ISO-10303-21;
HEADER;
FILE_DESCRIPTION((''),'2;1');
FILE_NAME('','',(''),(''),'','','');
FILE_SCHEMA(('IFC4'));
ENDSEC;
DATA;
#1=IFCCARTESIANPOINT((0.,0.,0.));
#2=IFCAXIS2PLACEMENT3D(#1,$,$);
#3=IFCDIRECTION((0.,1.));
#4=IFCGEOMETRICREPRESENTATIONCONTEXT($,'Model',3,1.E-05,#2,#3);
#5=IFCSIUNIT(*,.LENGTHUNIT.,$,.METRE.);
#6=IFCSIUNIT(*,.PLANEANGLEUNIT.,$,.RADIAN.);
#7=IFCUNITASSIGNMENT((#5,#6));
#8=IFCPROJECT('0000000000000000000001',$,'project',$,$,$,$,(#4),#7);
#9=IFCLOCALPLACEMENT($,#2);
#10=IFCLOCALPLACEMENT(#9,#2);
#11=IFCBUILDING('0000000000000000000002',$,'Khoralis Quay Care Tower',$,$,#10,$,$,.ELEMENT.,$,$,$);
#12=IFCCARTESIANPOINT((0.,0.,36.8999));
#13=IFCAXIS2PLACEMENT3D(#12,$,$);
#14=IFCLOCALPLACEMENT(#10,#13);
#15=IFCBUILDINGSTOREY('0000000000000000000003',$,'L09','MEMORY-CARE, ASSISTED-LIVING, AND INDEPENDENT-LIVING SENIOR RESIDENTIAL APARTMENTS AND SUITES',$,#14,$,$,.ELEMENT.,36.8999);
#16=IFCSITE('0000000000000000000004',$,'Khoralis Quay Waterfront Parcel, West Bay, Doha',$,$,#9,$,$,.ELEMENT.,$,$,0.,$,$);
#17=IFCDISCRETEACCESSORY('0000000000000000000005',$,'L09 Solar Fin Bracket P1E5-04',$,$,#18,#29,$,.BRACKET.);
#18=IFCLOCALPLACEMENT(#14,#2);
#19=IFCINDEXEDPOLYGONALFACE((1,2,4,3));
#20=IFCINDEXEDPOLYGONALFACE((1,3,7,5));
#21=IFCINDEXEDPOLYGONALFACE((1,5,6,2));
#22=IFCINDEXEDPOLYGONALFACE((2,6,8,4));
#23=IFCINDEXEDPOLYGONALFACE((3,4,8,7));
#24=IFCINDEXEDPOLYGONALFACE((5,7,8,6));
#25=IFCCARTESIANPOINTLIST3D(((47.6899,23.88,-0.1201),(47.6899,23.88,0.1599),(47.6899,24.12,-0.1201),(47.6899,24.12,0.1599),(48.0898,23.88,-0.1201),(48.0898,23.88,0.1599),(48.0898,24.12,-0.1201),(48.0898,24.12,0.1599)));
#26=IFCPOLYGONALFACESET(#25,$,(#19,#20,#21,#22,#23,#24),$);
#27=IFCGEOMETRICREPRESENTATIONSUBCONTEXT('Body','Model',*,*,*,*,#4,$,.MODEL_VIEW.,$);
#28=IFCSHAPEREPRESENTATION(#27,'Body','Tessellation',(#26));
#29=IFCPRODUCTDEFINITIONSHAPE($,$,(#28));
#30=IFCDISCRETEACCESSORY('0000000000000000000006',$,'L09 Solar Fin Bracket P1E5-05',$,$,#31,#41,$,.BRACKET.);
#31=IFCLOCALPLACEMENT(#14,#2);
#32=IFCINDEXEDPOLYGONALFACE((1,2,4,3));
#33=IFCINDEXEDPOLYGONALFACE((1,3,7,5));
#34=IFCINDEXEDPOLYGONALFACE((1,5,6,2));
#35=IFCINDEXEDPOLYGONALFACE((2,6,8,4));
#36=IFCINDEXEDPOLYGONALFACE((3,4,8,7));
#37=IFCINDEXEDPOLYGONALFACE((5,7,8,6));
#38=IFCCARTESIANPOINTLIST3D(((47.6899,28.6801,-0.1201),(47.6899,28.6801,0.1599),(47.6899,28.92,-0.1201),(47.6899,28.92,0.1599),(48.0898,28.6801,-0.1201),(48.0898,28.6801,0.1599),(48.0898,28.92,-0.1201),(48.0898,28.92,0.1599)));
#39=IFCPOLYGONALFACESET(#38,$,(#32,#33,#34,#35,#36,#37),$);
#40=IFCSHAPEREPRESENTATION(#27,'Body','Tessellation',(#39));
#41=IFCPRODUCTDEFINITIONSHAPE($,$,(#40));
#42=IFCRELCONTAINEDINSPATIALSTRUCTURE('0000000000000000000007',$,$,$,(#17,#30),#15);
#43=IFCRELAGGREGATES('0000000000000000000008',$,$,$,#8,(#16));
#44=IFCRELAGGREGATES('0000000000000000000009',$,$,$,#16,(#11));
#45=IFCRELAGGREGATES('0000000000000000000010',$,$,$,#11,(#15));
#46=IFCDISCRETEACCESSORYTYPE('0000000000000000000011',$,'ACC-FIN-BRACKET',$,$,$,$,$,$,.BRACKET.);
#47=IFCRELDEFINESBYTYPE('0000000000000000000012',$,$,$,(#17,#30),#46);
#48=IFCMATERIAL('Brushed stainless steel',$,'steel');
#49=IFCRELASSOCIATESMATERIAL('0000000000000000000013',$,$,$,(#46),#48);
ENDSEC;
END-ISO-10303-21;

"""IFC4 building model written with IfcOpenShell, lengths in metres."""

from ifc_helpers import new_model, si_unit, direction, frame, origin, origin_2d, place, context, subcontext, project, spatial, rectangle, extrude, source, transform, mapped, material, type_object, element, save


model = new_model("IFC4")

# Units and contexts
model_context = context("Model", 3, precision=1e-05, world=origin(), true_north=direction((0.0, 1.0)))
body_context = subcontext(model_context, "Body", "Model", "MODEL_VIEW")
ifc_project = project(units=[si_unit("LENGTHUNIT", "METRE"), si_unit("PLANEANGLEUNIT", "RADIAN")], contexts=[model_context])

# Site, building, storey
site_placement = place(None, origin())
site = spatial("IfcSite", under=ifc_project, at=site_placement, Name="Khoralis Quay Waterfront Parcel, West Bay, Doha", CompositionType="ELEMENT", RefElevation=0.0)
building_placement = place(site_placement, origin())
building = spatial("IfcBuilding", under=site, at=building_placement, Name="Khoralis Quay Care Tower", CompositionType="ELEMENT")
storey_placement = place(building_placement, frame((0.0, 0.0, 36.8999)))
storey = spatial("IfcBuildingStorey", under=building, at=storey_placement, Name="L09", Description="MEMORY-CARE, ASSISTED-LIVING, AND INDEPENDENT-LIVING SENIOR RESIDENTIAL APARTMENTS AND SUITES", CompositionType="ELEMENT", Elevation=36.8999)

# Discrete accessories
ifc_material_1 = material(Name="Brushed stainless steel", Category="steel")
discrete_accessory_type = type_object("IfcDiscreteAccessoryType", Name="ACC-FIN-BRACKET", PredefinedType="BRACKET", material=ifc_material_1)
shared_shape_1 = source(origin(), body_context, "Body", "SweptSolid", [
    extrude(rectangle(XDim=0.3999, YDim=0.24, at=origin_2d()), origin(), (0.0, 0.0, 1.0), 0.28),
])
for number, where, z_axis, x_axis, name in (
    (1, (47.8899, 24.0, -0.1201), (0.0, 0.0, 1.0), (1.0, 0.0, 0.0), "L09 Solar Fin Bracket P1E5-04"),
    (2, (47.8899, 28.8, -0.1201), (0.0, 0.0, 1.0), (1.0, 0.0, 0.0), "L09 Solar Fin Bracket P1E5-05"),
):
    element("IfcDiscreteAccessory", number, at=place(storey_placement, frame(where, z_axis=z_axis, x_axis=x_axis)), inside=storey, type_object=discrete_accessory_type, Name=name, PredefinedType="BRACKET", context=body_context, shape_type="MappedRepresentation", body=[
        mapped(shared_shape_1, transform((0.0, 0.0, 0.0), scale=1.0)),
    ])

save(model, "model.ifc")
